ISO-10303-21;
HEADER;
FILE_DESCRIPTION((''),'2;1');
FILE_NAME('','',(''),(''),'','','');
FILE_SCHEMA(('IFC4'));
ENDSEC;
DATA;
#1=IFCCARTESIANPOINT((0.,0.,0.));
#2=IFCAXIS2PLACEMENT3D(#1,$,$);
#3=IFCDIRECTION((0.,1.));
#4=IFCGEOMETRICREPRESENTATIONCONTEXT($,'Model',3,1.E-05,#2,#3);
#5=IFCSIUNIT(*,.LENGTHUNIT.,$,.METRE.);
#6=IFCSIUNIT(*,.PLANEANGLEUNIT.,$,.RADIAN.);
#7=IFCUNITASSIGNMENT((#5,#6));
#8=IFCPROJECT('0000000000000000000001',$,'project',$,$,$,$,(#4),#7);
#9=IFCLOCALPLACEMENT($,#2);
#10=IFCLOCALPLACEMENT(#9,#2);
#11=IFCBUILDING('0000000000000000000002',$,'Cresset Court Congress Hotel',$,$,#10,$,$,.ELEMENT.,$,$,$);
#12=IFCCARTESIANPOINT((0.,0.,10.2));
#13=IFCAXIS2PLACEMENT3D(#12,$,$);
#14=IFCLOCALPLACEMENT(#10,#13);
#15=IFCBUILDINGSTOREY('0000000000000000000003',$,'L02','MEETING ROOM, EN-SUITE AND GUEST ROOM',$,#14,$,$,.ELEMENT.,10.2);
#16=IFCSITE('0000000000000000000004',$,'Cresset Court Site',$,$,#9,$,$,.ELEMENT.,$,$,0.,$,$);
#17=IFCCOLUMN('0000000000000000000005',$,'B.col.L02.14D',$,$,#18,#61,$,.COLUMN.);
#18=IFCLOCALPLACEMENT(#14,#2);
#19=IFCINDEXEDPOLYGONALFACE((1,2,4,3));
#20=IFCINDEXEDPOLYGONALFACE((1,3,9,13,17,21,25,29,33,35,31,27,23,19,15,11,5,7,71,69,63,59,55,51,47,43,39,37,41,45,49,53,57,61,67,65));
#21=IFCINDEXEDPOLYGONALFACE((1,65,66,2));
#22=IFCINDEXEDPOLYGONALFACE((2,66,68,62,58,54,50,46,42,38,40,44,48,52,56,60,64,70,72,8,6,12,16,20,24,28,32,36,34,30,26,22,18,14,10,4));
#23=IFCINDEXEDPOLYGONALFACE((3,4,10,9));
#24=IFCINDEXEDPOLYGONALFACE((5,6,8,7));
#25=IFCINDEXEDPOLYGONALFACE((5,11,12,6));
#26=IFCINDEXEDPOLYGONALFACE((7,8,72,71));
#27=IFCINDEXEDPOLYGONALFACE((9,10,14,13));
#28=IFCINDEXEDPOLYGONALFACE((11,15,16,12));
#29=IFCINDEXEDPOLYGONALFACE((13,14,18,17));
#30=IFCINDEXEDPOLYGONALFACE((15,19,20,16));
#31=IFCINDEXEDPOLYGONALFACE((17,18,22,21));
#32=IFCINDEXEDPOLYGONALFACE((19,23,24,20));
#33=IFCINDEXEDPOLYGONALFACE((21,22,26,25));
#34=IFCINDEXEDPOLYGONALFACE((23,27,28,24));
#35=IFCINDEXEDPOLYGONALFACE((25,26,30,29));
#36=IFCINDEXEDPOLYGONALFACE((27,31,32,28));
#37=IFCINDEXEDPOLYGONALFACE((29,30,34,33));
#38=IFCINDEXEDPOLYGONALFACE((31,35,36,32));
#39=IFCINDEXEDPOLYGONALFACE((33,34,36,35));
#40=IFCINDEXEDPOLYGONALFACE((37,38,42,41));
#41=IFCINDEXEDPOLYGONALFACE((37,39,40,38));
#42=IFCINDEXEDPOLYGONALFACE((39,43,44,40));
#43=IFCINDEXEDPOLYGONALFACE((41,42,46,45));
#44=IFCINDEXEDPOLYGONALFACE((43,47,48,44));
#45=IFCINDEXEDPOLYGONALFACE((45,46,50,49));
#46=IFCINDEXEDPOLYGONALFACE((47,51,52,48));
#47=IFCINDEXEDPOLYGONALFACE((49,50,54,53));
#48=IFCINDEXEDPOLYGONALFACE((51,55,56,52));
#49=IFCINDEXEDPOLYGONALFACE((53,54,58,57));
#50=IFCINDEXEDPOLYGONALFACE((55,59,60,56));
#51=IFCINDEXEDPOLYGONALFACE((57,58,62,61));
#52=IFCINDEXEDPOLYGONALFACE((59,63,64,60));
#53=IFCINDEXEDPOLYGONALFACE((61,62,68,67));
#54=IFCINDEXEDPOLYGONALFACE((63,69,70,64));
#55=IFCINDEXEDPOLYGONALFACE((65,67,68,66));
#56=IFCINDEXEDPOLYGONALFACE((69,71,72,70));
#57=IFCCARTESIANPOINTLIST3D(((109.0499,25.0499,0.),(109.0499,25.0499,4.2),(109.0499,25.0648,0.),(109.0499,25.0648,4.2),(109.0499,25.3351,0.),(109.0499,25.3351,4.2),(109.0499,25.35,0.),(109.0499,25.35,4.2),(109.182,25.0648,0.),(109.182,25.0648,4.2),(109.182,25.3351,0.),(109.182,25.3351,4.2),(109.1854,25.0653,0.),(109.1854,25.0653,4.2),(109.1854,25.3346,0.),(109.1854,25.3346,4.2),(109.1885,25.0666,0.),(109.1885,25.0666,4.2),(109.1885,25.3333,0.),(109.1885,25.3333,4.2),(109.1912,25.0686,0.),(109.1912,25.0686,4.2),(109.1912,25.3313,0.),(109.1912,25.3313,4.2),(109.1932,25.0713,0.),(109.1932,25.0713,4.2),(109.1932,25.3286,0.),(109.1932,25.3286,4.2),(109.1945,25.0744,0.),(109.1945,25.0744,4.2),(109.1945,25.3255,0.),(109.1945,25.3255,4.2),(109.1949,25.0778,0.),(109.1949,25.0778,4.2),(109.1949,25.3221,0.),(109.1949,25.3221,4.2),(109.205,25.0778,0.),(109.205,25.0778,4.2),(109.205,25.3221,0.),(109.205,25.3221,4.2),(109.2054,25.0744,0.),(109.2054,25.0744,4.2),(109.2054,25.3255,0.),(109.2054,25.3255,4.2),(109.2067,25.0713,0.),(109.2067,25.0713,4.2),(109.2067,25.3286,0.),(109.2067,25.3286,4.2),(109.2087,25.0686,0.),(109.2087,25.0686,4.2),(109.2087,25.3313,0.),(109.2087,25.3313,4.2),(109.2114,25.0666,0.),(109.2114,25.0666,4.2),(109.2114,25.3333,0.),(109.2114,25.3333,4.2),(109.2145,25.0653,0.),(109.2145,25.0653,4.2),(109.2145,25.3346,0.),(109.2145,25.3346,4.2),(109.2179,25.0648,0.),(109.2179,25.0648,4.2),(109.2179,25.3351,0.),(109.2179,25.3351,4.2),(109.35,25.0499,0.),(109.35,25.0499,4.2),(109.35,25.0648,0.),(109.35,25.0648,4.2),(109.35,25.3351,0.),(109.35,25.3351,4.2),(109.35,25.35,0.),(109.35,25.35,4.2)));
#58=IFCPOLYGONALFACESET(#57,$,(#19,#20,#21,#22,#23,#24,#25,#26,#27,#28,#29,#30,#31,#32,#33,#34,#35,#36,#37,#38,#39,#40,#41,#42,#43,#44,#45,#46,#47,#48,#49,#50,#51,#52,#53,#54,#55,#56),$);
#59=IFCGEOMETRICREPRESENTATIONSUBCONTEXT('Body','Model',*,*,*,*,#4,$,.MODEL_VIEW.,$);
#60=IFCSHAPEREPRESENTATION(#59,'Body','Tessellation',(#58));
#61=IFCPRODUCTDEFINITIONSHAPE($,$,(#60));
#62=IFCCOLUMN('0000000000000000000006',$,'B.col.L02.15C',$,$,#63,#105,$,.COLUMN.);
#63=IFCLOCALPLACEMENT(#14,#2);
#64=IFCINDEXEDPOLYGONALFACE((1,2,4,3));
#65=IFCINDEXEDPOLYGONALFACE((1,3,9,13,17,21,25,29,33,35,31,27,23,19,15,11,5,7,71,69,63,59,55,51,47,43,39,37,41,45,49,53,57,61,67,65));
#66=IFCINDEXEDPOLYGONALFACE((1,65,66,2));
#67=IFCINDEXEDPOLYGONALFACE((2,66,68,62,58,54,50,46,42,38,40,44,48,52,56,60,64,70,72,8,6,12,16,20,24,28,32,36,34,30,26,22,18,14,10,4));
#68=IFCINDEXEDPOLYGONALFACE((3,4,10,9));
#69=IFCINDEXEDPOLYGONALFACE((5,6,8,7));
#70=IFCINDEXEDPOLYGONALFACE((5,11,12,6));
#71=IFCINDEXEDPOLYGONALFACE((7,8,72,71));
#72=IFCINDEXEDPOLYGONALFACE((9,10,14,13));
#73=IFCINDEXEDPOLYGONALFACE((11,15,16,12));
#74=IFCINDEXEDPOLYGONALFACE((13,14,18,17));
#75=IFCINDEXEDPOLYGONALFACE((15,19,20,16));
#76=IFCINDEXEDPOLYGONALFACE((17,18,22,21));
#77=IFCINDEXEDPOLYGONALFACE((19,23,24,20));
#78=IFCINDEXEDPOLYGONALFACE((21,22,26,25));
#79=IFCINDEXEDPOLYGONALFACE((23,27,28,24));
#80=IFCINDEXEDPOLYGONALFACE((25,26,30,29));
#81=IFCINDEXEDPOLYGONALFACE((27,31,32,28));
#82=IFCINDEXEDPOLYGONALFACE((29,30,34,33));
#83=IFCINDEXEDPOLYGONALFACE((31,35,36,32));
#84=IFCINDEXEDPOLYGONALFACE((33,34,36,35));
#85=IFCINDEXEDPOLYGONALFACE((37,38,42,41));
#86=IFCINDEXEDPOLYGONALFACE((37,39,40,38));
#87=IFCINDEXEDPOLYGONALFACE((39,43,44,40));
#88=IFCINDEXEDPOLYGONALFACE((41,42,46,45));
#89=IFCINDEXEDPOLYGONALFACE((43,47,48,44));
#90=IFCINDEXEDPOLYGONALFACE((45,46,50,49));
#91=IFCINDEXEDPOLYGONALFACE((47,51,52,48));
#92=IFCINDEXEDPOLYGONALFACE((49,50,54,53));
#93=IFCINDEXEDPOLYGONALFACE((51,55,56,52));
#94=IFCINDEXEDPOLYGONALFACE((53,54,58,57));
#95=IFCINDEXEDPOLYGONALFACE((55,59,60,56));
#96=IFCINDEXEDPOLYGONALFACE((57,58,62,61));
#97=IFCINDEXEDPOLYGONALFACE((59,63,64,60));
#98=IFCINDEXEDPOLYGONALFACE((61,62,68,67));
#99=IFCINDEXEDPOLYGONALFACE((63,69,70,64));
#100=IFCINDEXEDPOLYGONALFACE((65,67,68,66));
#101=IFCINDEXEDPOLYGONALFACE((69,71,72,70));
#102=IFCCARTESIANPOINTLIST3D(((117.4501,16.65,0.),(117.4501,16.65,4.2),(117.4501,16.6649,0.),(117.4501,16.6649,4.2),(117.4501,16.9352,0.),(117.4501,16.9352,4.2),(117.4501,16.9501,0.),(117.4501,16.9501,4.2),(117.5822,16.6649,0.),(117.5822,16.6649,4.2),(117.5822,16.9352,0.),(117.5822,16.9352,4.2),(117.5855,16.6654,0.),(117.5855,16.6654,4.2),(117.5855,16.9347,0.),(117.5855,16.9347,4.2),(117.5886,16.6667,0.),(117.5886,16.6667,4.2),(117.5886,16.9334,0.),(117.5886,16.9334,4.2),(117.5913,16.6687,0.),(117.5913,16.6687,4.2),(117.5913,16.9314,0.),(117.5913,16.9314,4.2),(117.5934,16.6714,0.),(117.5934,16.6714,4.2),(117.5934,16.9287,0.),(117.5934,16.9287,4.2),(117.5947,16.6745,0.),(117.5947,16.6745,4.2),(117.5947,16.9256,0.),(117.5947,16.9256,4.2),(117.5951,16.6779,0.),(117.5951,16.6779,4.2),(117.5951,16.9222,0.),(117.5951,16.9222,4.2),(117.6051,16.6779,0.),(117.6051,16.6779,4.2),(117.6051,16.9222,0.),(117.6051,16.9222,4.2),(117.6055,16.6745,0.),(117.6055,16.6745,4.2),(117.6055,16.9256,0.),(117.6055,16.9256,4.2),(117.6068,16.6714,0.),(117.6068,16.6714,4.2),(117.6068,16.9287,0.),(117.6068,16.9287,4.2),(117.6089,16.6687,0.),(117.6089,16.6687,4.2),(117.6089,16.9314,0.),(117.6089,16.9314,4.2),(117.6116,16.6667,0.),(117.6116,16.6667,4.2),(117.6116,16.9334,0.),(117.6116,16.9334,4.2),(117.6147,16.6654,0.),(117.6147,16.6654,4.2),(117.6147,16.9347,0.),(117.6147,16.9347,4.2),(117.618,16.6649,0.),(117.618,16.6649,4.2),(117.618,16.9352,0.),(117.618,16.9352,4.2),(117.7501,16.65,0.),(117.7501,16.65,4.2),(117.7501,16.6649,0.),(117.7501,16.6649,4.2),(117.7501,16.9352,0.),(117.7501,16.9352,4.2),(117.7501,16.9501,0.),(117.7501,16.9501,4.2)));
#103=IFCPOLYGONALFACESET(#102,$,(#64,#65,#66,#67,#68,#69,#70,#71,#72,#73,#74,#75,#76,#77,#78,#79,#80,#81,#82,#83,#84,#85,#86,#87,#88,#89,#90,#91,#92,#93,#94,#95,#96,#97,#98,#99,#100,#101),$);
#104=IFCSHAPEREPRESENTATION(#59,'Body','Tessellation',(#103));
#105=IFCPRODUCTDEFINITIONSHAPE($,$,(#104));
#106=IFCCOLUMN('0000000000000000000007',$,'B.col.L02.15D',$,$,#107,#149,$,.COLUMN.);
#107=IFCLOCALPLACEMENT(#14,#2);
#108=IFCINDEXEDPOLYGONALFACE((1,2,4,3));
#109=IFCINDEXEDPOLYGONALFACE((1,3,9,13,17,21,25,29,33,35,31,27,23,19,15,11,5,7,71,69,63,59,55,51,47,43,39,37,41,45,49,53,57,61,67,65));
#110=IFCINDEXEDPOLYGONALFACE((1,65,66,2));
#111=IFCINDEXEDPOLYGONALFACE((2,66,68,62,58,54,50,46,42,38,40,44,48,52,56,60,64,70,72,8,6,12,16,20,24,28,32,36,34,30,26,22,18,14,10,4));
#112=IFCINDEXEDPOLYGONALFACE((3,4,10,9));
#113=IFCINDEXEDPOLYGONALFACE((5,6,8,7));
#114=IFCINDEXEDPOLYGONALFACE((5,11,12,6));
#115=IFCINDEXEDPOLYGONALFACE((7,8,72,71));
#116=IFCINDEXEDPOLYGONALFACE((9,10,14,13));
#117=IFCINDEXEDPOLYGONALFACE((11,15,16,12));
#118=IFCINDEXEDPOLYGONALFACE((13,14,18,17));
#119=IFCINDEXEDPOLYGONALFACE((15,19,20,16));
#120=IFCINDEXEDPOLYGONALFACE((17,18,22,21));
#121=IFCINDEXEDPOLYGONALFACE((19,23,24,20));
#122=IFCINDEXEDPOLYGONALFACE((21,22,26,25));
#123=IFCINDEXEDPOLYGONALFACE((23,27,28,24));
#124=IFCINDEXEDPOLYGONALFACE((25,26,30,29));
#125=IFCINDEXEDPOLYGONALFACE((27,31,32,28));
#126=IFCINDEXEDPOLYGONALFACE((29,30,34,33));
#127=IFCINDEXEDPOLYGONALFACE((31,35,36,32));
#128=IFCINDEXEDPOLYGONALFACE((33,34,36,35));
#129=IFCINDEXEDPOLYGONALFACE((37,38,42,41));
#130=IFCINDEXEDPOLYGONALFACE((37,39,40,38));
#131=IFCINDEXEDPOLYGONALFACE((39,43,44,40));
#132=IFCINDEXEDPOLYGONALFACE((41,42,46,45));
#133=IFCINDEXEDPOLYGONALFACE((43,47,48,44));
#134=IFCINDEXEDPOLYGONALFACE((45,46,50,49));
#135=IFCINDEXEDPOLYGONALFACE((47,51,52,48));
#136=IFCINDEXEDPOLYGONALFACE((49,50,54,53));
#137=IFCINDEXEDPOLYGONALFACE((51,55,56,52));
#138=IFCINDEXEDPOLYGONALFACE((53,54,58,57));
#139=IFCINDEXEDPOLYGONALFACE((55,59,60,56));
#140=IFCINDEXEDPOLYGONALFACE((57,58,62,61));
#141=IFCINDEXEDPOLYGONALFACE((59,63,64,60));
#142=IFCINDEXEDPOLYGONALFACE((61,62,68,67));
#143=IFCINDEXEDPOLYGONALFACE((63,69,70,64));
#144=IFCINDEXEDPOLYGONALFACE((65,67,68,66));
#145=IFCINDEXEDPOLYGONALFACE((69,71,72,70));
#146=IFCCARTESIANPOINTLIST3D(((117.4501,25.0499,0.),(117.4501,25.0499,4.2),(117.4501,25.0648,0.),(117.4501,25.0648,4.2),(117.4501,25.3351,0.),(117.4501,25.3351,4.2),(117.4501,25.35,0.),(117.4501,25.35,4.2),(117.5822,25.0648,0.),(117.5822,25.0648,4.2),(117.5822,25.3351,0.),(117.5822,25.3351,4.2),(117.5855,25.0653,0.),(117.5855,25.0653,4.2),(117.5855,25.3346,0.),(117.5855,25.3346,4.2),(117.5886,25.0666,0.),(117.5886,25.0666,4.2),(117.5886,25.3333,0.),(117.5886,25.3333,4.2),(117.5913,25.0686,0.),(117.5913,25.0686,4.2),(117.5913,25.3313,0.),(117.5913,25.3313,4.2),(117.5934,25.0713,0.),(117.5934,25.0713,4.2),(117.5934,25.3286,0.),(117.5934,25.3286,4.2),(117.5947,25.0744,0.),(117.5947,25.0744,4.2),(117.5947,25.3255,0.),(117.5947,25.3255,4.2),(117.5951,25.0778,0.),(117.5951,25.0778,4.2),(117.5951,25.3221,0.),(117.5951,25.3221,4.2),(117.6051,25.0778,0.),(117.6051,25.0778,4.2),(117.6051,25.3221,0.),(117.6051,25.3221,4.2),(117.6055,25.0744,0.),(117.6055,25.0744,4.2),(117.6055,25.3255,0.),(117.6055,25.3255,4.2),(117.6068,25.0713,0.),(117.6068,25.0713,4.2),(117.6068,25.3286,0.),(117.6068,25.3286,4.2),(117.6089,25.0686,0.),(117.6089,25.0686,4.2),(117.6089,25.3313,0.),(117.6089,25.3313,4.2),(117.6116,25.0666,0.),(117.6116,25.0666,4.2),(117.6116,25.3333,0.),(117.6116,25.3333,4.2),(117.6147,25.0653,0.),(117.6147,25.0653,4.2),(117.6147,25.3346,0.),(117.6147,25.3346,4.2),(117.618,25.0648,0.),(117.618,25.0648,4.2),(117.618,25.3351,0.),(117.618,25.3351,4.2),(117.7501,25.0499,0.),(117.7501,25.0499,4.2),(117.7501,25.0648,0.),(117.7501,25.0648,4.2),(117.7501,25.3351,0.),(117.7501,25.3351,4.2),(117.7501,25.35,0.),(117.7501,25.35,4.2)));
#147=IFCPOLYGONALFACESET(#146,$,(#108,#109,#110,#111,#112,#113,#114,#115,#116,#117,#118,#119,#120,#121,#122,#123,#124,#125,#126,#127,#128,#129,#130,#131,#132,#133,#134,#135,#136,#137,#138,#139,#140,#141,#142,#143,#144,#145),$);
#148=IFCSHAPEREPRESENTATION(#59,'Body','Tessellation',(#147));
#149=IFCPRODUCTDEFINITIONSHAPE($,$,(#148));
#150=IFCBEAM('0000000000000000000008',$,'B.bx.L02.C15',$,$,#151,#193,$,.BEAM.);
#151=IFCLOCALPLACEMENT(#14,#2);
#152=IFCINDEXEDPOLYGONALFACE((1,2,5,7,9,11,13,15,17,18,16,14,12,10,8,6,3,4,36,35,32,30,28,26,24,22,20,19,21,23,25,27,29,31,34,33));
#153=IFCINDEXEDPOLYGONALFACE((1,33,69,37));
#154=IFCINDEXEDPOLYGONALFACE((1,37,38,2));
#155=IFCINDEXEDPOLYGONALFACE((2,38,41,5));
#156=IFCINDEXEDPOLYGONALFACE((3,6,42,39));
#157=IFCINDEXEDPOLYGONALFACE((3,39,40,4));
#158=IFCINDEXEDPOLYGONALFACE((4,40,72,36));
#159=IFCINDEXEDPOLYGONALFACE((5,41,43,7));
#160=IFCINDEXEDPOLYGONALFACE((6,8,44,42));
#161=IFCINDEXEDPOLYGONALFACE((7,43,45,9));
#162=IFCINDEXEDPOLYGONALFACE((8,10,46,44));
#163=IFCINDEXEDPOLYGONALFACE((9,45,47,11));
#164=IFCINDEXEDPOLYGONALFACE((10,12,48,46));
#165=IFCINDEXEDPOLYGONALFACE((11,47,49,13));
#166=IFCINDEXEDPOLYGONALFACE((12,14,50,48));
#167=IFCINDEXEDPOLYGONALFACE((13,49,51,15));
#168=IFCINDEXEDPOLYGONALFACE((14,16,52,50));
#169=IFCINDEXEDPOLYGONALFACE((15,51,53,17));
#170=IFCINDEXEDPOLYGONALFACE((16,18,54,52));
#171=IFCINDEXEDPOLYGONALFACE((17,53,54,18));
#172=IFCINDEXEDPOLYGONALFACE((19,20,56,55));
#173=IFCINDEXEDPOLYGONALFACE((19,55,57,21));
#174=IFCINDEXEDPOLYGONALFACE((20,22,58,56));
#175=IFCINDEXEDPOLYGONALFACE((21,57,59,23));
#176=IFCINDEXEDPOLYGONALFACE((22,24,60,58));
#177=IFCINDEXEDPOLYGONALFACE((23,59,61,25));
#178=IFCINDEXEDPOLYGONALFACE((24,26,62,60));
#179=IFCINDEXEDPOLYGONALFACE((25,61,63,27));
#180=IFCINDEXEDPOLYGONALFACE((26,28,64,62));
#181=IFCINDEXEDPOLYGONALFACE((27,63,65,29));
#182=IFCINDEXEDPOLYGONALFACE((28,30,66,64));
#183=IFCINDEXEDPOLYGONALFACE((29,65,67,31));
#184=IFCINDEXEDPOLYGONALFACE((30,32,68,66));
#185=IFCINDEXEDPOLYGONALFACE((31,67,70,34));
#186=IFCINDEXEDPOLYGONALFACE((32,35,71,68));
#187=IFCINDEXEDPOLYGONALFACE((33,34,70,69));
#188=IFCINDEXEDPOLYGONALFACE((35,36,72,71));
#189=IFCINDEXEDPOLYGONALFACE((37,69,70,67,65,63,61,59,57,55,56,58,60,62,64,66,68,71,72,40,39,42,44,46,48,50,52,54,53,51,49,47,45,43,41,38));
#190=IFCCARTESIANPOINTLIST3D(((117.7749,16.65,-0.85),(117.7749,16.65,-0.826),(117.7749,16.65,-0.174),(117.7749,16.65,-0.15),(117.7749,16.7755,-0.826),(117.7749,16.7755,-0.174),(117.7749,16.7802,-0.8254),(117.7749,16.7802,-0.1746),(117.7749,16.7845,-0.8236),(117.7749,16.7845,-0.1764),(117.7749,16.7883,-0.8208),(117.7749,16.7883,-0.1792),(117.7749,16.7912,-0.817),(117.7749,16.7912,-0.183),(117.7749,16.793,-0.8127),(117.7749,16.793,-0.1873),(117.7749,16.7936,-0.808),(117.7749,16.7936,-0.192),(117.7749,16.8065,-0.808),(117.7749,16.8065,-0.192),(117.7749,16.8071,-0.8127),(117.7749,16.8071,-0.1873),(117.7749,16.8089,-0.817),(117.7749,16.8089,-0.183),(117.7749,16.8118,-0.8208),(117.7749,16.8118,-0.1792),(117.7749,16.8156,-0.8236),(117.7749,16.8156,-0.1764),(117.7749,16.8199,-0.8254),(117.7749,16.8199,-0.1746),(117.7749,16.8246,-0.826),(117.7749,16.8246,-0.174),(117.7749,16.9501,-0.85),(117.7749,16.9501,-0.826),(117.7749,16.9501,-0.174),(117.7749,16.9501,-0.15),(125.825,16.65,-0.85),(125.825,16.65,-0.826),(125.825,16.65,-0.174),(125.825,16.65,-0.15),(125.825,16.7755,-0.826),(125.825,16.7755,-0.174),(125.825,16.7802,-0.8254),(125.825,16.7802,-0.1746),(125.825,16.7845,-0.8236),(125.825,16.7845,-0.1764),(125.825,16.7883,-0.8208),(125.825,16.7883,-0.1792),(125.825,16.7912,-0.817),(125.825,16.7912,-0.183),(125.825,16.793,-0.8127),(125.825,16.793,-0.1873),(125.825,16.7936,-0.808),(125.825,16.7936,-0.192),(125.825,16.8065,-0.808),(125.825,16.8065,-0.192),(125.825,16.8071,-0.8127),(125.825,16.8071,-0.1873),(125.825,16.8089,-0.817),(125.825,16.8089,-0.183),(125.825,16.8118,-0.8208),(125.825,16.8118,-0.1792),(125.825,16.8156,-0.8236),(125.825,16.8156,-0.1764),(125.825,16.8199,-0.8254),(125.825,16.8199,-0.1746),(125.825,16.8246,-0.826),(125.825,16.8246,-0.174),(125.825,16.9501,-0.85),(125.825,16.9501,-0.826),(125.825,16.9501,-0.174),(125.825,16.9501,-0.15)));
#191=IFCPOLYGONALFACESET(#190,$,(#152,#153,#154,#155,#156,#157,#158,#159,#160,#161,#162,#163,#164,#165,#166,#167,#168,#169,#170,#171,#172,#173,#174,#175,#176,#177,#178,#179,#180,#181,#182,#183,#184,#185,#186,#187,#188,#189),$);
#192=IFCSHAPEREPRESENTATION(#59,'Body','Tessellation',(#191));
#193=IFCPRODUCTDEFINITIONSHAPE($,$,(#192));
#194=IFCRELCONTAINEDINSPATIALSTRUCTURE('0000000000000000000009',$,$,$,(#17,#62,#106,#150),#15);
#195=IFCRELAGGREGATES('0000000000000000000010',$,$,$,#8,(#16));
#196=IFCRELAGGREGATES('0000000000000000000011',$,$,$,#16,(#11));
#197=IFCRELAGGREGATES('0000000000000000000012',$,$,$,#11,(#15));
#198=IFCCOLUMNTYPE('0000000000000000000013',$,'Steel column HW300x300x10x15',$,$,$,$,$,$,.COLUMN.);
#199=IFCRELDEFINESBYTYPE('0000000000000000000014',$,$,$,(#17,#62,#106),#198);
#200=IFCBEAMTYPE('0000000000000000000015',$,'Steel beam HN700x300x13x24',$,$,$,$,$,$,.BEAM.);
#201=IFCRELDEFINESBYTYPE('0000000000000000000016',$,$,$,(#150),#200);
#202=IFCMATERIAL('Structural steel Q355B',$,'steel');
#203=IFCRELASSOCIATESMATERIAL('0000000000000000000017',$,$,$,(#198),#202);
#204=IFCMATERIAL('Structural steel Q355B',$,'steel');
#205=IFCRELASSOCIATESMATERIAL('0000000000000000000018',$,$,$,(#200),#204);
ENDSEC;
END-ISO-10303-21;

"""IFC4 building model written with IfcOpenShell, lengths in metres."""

from ifc_helpers import new_model, si_unit, direction, frame, origin, origin_2d, place, context, subcontext, project, spatial, i_section, extrude, material, material_profile, profile_set, type_object, element, save


model = new_model("IFC4")

# Units and contexts
model_context = context("Model", 3, precision=1e-05, world=origin(), true_north=direction((0.0, 1.0)))
body_context = subcontext(model_context, "Body", "Model", "MODEL_VIEW")
ifc_project = project(units=[si_unit("LENGTHUNIT", "METRE"), si_unit("PLANEANGLEUNIT", "RADIAN")], contexts=[model_context])

# Site, building, storey
site_placement = place(None, origin())
site = spatial("IfcSite", under=ifc_project, at=site_placement, Name="Cresset Court Site", CompositionType="ELEMENT", RefElevation=0.0)
building_placement = place(site_placement, origin())
building = spatial("IfcBuilding", under=site, at=building_placement, Name="Cresset Court Congress Hotel", CompositionType="ELEMENT")
storey_placement = place(building_placement, frame((0.0, 0.0, 10.2)))
storey = spatial("IfcBuildingStorey", under=building, at=storey_placement, Name="L02", Description="MEETING ROOM, EN-SUITE AND GUEST ROOM", CompositionType="ELEMENT", Elevation=10.2)

# Columns
ifc_material_1 = material(Name="Structural steel Q355B", Category="steel")
ifc_material_profile_1 = material_profile(ifc_material_1, i_section(OverallWidth=0.3, OverallDepth=0.3, WebThickness=0.01, FlangeThickness=0.0149, FilletRadius=0.0129, at=origin_2d()), Name="HW300x300x10x15")
ifc_profile_set_1 = profile_set([ifc_material_profile_1], Name="Structural steel Q355B")
column_type = type_object("IfcColumnType", Name="Steel column HW300x300x10x15", PredefinedType="COLUMN", material=ifc_profile_set_1)
for number, where, z_axis, x_axis, name in (
    (1, (109.2, 25.2, 0.0), (0.0, 0.0, 1.0), (1.0, 0.0, 0.0), "B.col.L02.14D"),
    (2, (117.6001, 16.8, 0.0), (0.0, 0.0, 1.0), (1.0, 0.0, 0.0), "B.col.L02.15C"),
    (3, (117.6001, 25.2, 0.0), (0.0, 0.0, 1.0), (1.0, 0.0, 0.0), "B.col.L02.15D"),
):
    element("IfcColumn", number, at=place(storey_placement, frame(where, z_axis=z_axis, x_axis=x_axis)), inside=storey, type_object=column_type, Name=name, PredefinedType="COLUMN", context=body_context, shape_type="SweptSolid", body=[
        extrude(i_section(OverallWidth=0.3, OverallDepth=0.3, WebThickness=0.01, FlangeThickness=0.0149, FilletRadius=0.0129, at=origin_2d()), origin(), (0.0, 0.0, 1.0), 4.2),
    ])

# Beam
ifc_material_2 = material(Name="Structural steel Q355B", Category="steel")
ifc_material_profile_2 = material_profile(ifc_material_2, i_section(OverallWidth=0.3, OverallDepth=0.7, WebThickness=0.0129, FlangeThickness=0.0239, FilletRadius=0.0181, at=origin_2d()), Name="HN700x300x13x24")
ifc_profile_set_2 = profile_set([ifc_material_profile_2], Name="Structural steel Q355B")
beam_type = type_object("IfcBeamType", Name="Steel beam HN700x300x13x24", PredefinedType="BEAM", material=ifc_profile_set_2)
for number, where, z_axis, x_axis, name in (
    (4, (117.7749, 16.8, -0.5), (1.0, 0.0, 0.0), (0.0, 1.0, 0.0), "B.bx.L02.C15"),
):
    element("IfcBeam", number, at=place(storey_placement, frame(where, z_axis=z_axis, x_axis=x_axis)), inside=storey, type_object=beam_type, Name=name, PredefinedType="BEAM", context=body_context, shape_type="SweptSolid", body=[
        extrude(i_section(OverallWidth=0.3, OverallDepth=0.7, WebThickness=0.0129, FlangeThickness=0.0239, FilletRadius=0.0181, at=origin_2d()), origin(), (0.0, 0.0, 1.0), 8.05),
    ])

save(model, "model.ifc")
